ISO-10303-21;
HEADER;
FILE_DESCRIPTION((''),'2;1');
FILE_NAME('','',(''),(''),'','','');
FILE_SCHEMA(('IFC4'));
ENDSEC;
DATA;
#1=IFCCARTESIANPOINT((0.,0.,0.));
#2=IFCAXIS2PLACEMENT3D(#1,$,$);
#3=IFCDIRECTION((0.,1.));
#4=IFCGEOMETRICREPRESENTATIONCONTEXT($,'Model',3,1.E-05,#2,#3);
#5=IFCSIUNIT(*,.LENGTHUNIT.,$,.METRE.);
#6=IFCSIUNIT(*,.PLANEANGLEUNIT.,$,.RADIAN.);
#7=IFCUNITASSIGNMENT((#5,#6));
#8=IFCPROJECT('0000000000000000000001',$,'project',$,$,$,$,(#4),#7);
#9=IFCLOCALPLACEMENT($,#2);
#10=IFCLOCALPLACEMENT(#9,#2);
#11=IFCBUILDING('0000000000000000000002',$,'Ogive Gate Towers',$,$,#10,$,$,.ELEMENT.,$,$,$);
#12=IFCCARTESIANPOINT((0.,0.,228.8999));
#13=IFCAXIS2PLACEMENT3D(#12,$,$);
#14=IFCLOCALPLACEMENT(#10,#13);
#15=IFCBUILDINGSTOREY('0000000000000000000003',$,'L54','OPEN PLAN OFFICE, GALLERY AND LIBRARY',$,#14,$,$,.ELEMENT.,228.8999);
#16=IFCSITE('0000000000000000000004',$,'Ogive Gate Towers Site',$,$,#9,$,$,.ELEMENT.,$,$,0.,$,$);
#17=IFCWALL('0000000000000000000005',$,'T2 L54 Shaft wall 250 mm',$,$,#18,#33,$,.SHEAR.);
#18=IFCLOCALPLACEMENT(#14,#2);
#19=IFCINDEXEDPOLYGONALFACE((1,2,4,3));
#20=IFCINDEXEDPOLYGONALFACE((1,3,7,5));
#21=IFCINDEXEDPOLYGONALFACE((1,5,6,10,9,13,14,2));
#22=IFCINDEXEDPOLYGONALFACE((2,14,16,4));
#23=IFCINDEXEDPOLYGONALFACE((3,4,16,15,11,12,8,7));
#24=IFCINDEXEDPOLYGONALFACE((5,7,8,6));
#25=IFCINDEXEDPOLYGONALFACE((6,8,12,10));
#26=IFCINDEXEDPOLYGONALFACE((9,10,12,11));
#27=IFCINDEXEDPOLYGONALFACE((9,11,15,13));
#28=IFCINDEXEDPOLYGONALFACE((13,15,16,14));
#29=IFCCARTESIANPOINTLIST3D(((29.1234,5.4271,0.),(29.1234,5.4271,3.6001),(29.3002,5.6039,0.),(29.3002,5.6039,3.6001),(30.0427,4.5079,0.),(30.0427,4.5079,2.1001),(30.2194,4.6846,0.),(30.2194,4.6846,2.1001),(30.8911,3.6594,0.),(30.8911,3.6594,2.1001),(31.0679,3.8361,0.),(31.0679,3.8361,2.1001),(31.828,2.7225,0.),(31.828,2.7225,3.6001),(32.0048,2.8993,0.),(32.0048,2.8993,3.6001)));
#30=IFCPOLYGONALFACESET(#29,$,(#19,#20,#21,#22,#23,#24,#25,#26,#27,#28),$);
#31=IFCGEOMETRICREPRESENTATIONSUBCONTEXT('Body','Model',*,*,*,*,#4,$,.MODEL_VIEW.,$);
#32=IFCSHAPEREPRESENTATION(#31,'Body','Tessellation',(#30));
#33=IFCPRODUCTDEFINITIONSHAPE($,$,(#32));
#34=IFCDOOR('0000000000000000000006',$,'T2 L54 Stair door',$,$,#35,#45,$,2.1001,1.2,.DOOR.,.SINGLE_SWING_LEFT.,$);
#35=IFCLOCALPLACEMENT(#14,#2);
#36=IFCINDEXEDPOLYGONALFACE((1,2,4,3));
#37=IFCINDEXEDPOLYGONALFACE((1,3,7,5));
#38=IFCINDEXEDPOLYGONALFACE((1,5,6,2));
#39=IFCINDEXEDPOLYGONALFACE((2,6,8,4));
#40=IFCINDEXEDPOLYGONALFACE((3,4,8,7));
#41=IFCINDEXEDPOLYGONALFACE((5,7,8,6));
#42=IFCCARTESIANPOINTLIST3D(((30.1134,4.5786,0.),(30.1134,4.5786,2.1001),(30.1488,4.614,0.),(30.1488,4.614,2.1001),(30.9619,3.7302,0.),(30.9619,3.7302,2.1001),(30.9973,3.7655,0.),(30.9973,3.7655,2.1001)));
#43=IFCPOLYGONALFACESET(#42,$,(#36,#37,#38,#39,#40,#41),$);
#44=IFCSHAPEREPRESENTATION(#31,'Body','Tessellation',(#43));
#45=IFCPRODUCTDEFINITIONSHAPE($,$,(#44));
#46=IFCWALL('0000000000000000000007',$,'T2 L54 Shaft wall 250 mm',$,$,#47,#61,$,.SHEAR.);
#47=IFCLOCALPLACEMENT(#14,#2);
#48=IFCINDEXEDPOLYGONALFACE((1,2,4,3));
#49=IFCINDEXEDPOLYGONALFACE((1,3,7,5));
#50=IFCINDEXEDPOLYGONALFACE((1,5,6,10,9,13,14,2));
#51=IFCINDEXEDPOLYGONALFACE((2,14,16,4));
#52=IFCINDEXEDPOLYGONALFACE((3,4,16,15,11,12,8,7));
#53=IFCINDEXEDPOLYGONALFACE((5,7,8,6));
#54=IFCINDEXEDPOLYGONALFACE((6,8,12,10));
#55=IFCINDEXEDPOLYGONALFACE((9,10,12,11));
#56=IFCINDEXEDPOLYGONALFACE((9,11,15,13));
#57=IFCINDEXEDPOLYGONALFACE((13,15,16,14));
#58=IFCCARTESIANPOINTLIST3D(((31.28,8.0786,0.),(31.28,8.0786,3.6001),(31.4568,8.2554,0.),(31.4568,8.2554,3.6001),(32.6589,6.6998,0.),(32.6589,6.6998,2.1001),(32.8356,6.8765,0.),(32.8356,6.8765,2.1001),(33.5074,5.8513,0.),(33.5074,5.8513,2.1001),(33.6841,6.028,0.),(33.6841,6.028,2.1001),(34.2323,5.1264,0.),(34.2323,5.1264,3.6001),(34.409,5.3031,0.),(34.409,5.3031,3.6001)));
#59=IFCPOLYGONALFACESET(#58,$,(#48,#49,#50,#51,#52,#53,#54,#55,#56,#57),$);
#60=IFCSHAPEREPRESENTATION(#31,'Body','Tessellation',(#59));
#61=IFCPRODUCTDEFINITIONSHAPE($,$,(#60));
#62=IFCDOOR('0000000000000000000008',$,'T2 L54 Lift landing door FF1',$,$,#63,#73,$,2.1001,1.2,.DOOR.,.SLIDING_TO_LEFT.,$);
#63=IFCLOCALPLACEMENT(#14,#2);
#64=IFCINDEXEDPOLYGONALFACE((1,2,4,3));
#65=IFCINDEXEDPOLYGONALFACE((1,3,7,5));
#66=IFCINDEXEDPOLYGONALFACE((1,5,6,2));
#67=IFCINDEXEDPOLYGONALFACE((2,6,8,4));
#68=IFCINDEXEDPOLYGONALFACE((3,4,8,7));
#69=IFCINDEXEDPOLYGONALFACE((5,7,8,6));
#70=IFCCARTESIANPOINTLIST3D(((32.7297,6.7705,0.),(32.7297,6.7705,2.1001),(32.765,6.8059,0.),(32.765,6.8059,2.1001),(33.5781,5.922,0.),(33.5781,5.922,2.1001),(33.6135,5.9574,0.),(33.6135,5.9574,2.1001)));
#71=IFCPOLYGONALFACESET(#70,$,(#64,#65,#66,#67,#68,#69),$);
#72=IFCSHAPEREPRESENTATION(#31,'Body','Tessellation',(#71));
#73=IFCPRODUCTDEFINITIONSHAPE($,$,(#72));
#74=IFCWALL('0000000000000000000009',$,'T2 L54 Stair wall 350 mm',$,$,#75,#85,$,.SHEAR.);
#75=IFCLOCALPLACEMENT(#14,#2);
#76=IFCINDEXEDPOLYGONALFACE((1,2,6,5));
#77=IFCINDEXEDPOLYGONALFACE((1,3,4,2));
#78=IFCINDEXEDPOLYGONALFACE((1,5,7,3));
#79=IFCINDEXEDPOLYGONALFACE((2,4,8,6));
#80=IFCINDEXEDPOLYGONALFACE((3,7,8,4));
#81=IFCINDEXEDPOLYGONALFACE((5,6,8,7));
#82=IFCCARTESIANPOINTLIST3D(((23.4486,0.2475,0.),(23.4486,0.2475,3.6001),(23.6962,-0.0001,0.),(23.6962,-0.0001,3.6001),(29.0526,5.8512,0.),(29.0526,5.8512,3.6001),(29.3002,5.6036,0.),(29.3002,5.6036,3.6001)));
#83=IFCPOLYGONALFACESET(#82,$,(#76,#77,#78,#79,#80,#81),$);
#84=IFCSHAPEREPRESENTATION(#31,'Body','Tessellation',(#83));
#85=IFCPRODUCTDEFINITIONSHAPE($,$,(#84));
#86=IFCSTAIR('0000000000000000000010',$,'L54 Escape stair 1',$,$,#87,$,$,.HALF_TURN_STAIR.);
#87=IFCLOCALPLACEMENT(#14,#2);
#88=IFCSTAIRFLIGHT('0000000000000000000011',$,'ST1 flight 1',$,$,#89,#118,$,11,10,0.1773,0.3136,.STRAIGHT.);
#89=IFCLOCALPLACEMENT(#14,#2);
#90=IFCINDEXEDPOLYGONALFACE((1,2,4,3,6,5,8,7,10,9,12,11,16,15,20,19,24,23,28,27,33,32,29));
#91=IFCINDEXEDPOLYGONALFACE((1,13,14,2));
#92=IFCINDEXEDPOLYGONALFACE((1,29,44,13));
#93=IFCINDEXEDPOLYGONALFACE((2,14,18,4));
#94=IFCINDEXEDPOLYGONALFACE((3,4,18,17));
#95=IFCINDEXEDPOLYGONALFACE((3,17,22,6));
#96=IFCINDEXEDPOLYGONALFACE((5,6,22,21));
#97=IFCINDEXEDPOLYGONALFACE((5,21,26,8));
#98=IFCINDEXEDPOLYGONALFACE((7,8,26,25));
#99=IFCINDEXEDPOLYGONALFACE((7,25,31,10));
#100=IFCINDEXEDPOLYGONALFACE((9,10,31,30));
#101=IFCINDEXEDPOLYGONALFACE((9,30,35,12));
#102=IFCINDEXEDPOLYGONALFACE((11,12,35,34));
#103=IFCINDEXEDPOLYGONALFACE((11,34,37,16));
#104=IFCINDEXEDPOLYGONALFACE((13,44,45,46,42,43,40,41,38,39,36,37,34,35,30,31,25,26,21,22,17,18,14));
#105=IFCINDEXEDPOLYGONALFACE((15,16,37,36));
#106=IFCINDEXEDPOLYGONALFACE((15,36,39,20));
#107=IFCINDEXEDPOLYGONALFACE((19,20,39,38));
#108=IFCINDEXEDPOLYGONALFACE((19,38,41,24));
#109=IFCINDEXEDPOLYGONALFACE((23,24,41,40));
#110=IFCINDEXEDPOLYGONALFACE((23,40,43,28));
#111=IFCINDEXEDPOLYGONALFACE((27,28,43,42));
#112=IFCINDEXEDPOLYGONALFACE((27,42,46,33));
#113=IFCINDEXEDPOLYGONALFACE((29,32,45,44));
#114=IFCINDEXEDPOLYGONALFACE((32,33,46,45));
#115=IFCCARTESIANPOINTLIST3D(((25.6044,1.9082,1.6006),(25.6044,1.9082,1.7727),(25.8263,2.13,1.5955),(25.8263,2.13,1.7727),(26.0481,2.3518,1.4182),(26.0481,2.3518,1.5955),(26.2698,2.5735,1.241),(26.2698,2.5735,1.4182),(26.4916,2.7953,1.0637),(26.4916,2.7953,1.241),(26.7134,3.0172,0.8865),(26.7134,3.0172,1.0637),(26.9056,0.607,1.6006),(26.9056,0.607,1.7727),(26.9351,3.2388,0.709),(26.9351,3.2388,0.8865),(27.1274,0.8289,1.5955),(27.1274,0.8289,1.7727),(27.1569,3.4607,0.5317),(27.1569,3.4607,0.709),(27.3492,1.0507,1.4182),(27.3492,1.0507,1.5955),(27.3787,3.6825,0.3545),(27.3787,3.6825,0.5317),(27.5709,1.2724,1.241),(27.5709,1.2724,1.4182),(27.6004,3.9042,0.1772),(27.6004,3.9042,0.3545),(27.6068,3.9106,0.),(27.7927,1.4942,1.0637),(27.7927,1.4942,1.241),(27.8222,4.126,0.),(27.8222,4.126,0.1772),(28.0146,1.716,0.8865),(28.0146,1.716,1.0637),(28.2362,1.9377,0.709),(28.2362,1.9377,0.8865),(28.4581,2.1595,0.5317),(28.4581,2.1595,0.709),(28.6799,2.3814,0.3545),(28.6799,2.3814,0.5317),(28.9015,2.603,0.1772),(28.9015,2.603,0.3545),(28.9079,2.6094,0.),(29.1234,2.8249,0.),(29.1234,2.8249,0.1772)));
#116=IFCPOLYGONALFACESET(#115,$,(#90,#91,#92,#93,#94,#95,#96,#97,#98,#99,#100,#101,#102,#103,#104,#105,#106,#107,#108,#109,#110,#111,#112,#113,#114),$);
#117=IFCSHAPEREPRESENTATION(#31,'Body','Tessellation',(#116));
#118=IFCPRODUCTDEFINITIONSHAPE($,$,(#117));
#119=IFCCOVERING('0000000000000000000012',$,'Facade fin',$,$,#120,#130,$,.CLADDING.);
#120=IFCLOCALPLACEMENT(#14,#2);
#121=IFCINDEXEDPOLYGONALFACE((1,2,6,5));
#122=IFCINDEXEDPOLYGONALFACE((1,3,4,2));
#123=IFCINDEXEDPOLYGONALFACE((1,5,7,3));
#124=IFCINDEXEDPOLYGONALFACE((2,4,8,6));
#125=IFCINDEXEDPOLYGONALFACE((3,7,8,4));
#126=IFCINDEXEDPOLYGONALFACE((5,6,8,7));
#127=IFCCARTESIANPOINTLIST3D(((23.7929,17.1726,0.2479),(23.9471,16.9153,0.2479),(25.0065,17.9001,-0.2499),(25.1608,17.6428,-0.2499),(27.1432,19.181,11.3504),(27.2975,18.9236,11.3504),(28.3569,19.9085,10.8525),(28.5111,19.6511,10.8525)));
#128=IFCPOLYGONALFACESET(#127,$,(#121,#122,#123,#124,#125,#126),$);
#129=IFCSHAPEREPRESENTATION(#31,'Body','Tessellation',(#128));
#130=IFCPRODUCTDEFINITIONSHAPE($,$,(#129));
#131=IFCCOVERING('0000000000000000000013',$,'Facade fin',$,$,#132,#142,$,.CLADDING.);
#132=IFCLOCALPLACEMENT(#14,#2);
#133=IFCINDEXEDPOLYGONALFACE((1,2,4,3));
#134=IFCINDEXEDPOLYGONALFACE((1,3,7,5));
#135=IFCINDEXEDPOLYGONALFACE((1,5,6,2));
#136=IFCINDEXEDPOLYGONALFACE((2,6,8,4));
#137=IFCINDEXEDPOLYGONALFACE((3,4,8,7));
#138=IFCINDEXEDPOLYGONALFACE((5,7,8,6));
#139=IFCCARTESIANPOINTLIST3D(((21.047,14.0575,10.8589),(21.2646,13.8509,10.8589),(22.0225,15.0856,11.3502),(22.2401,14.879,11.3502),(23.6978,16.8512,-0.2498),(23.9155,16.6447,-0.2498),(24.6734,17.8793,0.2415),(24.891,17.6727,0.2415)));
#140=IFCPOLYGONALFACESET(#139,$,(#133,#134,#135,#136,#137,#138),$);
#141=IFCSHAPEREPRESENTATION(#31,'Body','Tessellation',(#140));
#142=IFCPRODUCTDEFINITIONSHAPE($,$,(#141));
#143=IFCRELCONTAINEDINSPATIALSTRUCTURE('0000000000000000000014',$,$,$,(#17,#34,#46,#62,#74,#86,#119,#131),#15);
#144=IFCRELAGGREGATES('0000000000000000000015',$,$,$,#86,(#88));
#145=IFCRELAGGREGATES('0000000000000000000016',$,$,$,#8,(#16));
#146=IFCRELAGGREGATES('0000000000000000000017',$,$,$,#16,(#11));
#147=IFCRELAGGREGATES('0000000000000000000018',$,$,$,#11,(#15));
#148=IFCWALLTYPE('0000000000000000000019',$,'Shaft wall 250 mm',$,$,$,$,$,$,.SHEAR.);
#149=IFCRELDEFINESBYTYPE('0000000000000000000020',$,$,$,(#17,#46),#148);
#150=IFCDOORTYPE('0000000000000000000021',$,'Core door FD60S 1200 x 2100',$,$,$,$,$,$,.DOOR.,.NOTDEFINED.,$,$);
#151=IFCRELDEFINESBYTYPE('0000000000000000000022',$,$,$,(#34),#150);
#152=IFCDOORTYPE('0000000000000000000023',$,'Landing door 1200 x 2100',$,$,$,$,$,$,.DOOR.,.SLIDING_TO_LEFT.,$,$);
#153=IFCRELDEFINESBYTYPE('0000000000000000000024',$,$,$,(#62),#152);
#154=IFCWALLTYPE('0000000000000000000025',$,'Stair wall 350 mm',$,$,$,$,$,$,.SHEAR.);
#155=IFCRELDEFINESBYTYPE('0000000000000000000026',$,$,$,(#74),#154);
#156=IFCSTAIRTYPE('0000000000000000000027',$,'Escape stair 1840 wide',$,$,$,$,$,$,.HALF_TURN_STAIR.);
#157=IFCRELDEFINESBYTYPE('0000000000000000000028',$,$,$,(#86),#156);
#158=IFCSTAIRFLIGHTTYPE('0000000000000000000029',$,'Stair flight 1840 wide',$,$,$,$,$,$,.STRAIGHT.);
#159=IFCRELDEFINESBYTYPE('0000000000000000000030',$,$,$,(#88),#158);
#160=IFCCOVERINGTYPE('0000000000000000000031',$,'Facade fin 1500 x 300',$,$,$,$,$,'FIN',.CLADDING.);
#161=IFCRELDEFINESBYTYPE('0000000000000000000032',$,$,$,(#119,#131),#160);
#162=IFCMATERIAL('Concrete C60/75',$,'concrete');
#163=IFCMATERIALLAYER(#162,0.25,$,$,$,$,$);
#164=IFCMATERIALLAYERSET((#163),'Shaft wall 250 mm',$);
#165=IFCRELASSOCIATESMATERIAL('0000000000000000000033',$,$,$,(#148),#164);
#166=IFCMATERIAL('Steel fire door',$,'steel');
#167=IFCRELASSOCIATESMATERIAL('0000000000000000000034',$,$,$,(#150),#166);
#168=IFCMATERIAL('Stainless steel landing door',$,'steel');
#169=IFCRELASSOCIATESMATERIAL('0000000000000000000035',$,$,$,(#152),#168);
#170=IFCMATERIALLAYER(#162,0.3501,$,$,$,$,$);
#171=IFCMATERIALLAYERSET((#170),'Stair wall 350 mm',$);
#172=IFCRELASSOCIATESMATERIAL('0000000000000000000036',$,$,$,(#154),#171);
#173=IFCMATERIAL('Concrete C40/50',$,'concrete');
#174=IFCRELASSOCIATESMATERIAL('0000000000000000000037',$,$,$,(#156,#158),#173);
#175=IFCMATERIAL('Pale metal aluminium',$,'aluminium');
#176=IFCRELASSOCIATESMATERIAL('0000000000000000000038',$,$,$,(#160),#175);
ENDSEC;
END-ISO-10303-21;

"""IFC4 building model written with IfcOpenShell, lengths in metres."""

from ifc_helpers import new_model, si_unit, direction, frame, frame_2d, origin, origin_2d, place, context, subcontext, project, spatial, polyline, rectangle, outline, extrude, material, layer, layer_set, material_profile, profile_set, type_object, element, fill, aggregate, save


model = new_model("IFC4")

# Units and contexts
model_context = context("Model", 3, precision=1e-05, world=origin(), true_north=direction((0.0, 1.0)))
body_context = subcontext(model_context, "Body", "Model", "MODEL_VIEW")
ifc_project = project(units=[si_unit("LENGTHUNIT", "METRE"), si_unit("PLANEANGLEUNIT", "RADIAN")], contexts=[model_context])

# Site, building, storey
site_placement = place(None, origin())
site = spatial("IfcSite", under=ifc_project, at=site_placement, Name="Ogive Gate Towers Site", CompositionType="ELEMENT", RefElevation=0.0)
building_placement = place(site_placement, origin())
building = spatial("IfcBuilding", under=site, at=building_placement, Name="Ogive Gate Towers", CompositionType="ELEMENT")
storey_placement = place(building_placement, frame((0.0, 0.0, 228.8999)))
storey = spatial("IfcBuildingStorey", under=building, at=storey_placement, Name="L54", Description="OPEN PLAN OFFICE, GALLERY AND LIBRARY", CompositionType="ELEMENT", Elevation=228.8999)

# Shared definitions
ifc_material_1 = material(Name="Concrete C40/50", Category="concrete")

# Shared definitions
ifc_material_2 = material(Name="Pale metal aluminium", Category="aluminium")

# Shared definitions
ifc_material_3 = material(Name="Concrete C60/75", Category="concrete")
ifc_layer_1 = layer(ifc_material_3, 0.25)
ifc_layer_set_1 = layer_set([ifc_layer_1], Name="Shaft wall 250 mm")
wall_type_1 = type_object("IfcWallType", Name="Shaft wall 250 mm", PredefinedType="SHEAR", material=ifc_layer_set_1)

# Walls, openings, doors
wall_1_placement = place(storey_placement, frame((31.9165, 2.8108, 0.0), z_axis=(0.0, 0.0, 1.0), x_axis=(-0.707107, 0.707107, 0.0)))
wall_1 = element("IfcWall", 1, at=wall_1_placement, inside=storey, type_object=wall_type_1, Name="T2 L54 Shaft wall 250 mm", PredefinedType="SHEAR", context=body_context, shape_type="SweptSolid", body=[
    extrude(rectangle(XDim=3.825, YDim=0.25, at=frame_2d((1.9126, 0.0))), origin(), (0.0, 0.0, 1.0), 3.6001),
])
opening_1_placement = place(wall_1_placement, frame((1.325, 0.0, 0.0)))
opening_1 = element("IfcOpeningElement", 2, at=opening_1_placement, cuts=wall_1, PredefinedType="OPENING", context=body_context, shape_type="SweptSolid", body=[
    extrude(rectangle(XDim=1.2, YDim=2.1001, at=frame_2d((0.6001, 1.05))), frame((0.0, 0.135, 0.0), z_axis=(0.0, -1.0, 0.0), x_axis=(1.0, 0.0, 0.0)), (0.0, 0.0, 1.0), 0.27),
])
ifc_material_4 = material(Name="Steel fire door", Category="steel")
door_type_1 = type_object("IfcDoorType", Name="Core door FD60S 1200 x 2100", OperationType="NOTDEFINED", PredefinedType="DOOR", material=ifc_material_4)
door_1_placement = place(opening_1_placement, origin())
door_1 = element("IfcDoor", 3, at=door_1_placement, inside=storey, type_object=door_type_1, Name="T2 L54 Stair door", OperationType="SINGLE_SWING_LEFT", OverallHeight=2.1001, OverallWidth=1.2, PredefinedType="DOOR", context=body_context, shape_type="SweptSolid", body=[
    extrude(rectangle(XDim=1.2, YDim=2.1001, at=frame_2d((0.6001, 1.05))), frame((0.0, 0.0249, 0.0), z_axis=(0.0, -1.0, 0.0), x_axis=(1.0, 0.0, 0.0)), (0.0, 0.0, 1.0), 0.05),
])
fill(opening_1, door_1)
wall_2_placement = place(storey_placement, frame((34.3206, 5.2148, 0.0), z_axis=(0.0, 0.0, 1.0), x_axis=(-0.707107, 0.707107, 0.0)))
wall_2 = element("IfcWall", 4, at=wall_2_placement, inside=storey, type_object=wall_type_1, Name="T2 L54 Shaft wall 250 mm", PredefinedType="SHEAR", context=body_context, shape_type="SweptSolid", body=[
    extrude(rectangle(XDim=4.175, YDim=0.25, at=frame_2d((2.0874, 0.0))), origin(), (0.0, 0.0, 1.0), 3.6001),
])
opening_2_placement = place(wall_2_placement, frame((1.0249, 0.0, 0.0)))
opening_2 = element("IfcOpeningElement", 5, at=opening_2_placement, cuts=wall_2, PredefinedType="OPENING", context=body_context, shape_type="SweptSolid", body=[
    extrude(rectangle(XDim=1.2, YDim=2.1001, at=frame_2d((0.6001, 1.05))), frame((0.0, 0.135, 0.0), z_axis=(0.0, -1.0, 0.0), x_axis=(1.0, 0.0, 0.0)), (0.0, 0.0, 1.0), 0.27),
])
ifc_material_5 = material(Name="Stainless steel landing door", Category="steel")
door_type_2 = type_object("IfcDoorType", Name="Landing door 1200 x 2100", OperationType="SLIDING_TO_LEFT", PredefinedType="DOOR", material=ifc_material_5)
door_2_placement = place(opening_2_placement, origin())
door_2 = element("IfcDoor", 6, at=door_2_placement, inside=storey, type_object=door_type_2, Name="T2 L54 Lift landing door FF1", OperationType="SLIDING_TO_LEFT", OverallHeight=2.1001, OverallWidth=1.2, PredefinedType="DOOR", context=body_context, shape_type="SweptSolid", body=[
    extrude(rectangle(XDim=1.2, YDim=2.1001, at=frame_2d((0.6001, 1.05))), frame((0.0, 0.0249, 0.0), z_axis=(0.0, -1.0, 0.0), x_axis=(1.0, 0.0, 0.0)), (0.0, 0.0, 1.0), 0.05),
])
fill(opening_2, door_2)

# Wall
ifc_layer_2 = layer(ifc_material_3, 0.3501)
ifc_layer_set_2 = layer_set([ifc_layer_2], Name="Stair wall 350 mm")
wall_type_2 = type_object("IfcWallType", Name="Stair wall 350 mm", PredefinedType="SHEAR", material=ifc_layer_set_2)
wall_3_placement = place(storey_placement, frame((23.5725, 0.1238, 0.0), z_axis=(0.0, 0.0, 1.0), x_axis=(0.707122, 0.707091, 0.0)))
element("IfcWall", 7, at=wall_3_placement, inside=storey, type_object=wall_type_2, Name="T2 L54 Stair wall 350 mm", PredefinedType="SHEAR", context=body_context, shape_type="SweptSolid", body=[
    extrude(rectangle(XDim=7.925, YDim=0.3501, at=frame_2d((3.9624, 0.0))), origin(), (0.0, 0.0, 1.0), 3.6001),
])

# Stair, stair flight
stair_type = type_object("IfcStairType", Name="Escape stair 1840 wide", PredefinedType="HALF_TURN_STAIR", material=ifc_material_1)
stair_placement = place(storey_placement, origin())
stair = element("IfcStair", 8, at=stair_placement, inside=storey, type_object=stair_type, Name="L54 Escape stair 1", PredefinedType="HALF_TURN_STAIR")
stair_flight_type = type_object("IfcStairFlightType", Name="Stair flight 1840 wide", PredefinedType="STRAIGHT", material=ifc_material_1)
stair_flight_placement = place(storey_placement, frame((28.4729, 3.4753, 0.0), z_axis=(0.0, 0.0, 1.0), x_axis=(-0.707107, -0.707107, 0.0)))
stair_flight = element("IfcStairFlight", 9, at=stair_flight_placement, type_object=stair_flight_type, Name="ST1 flight 1", NumberOfRisers=11, NumberOfTreads=10, PredefinedType="STRAIGHT", RiserHeight=0.1773, TreadLength=0.3136, context=body_context, shape_type="SweptSolid", body=[
    extrude(outline(polyline([(0.0, 0.0), (0.0, 0.1772), (0.3137, 0.1772), (0.3137, 0.3545), (0.6272, 0.3545), (0.6272, 0.5317), (0.9409, 0.5317), (0.9409, 0.709), (1.2546, 0.709), (1.2546, 0.8865), (1.5681, 0.8865), (1.5681, 1.0637), (1.8818, 1.0637), (1.8818, 1.241), (2.1956, 1.241), (2.1956, 1.4182), (2.509, 1.4182), (2.509, 1.5955), (2.8228, 1.5955), (2.8228, 1.7727), (3.1365, 1.7727), (3.1365, 1.95), (3.1365, 1.6006), (0.3047, 0.0), (0.0, 0.0)])), frame((0.0, 0.9199, 0.0), z_axis=(0.0, -1.0, 0.0), x_axis=(1.0, 0.0, 0.0)), (0.0, 0.0, 1.0), 1.8401),
])
aggregate(stair, [stair_flight])

# Coverings
ifc_material_profile_1 = material_profile(ifc_material_2, rectangle(XDim=0.3, YDim=1.5, at=origin_2d()), Name="1500 x 300 pale metal aluminium")
ifc_profile_set_1 = profile_set([ifc_material_profile_1], Name="Pale metal aluminium")
covering_type = type_object("IfcCoveringType", Name="Facade fin 1500 x 300", ElementType="FIN", PredefinedType="CLADDING", material=ifc_profile_set_1)
covering_1_placement = place(storey_placement, frame((24.4768, 17.4077, -0.001), z_axis=(0.284665, 0.170637, 0.943318), x_axis=(-0.514137, 0.857708, 0.0)))
element("IfcCovering", 10, at=covering_1_placement, inside=storey, type_object=covering_type, Name="Facade fin", PredefinedType="CLADDING", context=body_context, shape_type="SweptSolid", body=[
    extrude(rectangle(XDim=0.3, YDim=1.5, at=origin_2d()), origin(), (0.0, 0.0, 1.0), 11.7695),
])
covering_2_placement = place(storey_placement, frame((24.2944, 17.262, -0.0042), z_axis=(-0.225467, -0.237614, 0.94483), x_axis=(0.725406, -0.688321, 0.0)))
element("IfcCovering", 11, at=covering_2_placement, inside=storey, type_object=covering_type, Name="Facade fin", PredefinedType="CLADDING", context=body_context, shape_type="SweptSolid", body=[
    extrude(rectangle(XDim=0.3, YDim=1.5, at=origin_2d()), origin(), (0.0, 0.0, 1.0), 11.7573),
])

save(model, "model.ifc")
